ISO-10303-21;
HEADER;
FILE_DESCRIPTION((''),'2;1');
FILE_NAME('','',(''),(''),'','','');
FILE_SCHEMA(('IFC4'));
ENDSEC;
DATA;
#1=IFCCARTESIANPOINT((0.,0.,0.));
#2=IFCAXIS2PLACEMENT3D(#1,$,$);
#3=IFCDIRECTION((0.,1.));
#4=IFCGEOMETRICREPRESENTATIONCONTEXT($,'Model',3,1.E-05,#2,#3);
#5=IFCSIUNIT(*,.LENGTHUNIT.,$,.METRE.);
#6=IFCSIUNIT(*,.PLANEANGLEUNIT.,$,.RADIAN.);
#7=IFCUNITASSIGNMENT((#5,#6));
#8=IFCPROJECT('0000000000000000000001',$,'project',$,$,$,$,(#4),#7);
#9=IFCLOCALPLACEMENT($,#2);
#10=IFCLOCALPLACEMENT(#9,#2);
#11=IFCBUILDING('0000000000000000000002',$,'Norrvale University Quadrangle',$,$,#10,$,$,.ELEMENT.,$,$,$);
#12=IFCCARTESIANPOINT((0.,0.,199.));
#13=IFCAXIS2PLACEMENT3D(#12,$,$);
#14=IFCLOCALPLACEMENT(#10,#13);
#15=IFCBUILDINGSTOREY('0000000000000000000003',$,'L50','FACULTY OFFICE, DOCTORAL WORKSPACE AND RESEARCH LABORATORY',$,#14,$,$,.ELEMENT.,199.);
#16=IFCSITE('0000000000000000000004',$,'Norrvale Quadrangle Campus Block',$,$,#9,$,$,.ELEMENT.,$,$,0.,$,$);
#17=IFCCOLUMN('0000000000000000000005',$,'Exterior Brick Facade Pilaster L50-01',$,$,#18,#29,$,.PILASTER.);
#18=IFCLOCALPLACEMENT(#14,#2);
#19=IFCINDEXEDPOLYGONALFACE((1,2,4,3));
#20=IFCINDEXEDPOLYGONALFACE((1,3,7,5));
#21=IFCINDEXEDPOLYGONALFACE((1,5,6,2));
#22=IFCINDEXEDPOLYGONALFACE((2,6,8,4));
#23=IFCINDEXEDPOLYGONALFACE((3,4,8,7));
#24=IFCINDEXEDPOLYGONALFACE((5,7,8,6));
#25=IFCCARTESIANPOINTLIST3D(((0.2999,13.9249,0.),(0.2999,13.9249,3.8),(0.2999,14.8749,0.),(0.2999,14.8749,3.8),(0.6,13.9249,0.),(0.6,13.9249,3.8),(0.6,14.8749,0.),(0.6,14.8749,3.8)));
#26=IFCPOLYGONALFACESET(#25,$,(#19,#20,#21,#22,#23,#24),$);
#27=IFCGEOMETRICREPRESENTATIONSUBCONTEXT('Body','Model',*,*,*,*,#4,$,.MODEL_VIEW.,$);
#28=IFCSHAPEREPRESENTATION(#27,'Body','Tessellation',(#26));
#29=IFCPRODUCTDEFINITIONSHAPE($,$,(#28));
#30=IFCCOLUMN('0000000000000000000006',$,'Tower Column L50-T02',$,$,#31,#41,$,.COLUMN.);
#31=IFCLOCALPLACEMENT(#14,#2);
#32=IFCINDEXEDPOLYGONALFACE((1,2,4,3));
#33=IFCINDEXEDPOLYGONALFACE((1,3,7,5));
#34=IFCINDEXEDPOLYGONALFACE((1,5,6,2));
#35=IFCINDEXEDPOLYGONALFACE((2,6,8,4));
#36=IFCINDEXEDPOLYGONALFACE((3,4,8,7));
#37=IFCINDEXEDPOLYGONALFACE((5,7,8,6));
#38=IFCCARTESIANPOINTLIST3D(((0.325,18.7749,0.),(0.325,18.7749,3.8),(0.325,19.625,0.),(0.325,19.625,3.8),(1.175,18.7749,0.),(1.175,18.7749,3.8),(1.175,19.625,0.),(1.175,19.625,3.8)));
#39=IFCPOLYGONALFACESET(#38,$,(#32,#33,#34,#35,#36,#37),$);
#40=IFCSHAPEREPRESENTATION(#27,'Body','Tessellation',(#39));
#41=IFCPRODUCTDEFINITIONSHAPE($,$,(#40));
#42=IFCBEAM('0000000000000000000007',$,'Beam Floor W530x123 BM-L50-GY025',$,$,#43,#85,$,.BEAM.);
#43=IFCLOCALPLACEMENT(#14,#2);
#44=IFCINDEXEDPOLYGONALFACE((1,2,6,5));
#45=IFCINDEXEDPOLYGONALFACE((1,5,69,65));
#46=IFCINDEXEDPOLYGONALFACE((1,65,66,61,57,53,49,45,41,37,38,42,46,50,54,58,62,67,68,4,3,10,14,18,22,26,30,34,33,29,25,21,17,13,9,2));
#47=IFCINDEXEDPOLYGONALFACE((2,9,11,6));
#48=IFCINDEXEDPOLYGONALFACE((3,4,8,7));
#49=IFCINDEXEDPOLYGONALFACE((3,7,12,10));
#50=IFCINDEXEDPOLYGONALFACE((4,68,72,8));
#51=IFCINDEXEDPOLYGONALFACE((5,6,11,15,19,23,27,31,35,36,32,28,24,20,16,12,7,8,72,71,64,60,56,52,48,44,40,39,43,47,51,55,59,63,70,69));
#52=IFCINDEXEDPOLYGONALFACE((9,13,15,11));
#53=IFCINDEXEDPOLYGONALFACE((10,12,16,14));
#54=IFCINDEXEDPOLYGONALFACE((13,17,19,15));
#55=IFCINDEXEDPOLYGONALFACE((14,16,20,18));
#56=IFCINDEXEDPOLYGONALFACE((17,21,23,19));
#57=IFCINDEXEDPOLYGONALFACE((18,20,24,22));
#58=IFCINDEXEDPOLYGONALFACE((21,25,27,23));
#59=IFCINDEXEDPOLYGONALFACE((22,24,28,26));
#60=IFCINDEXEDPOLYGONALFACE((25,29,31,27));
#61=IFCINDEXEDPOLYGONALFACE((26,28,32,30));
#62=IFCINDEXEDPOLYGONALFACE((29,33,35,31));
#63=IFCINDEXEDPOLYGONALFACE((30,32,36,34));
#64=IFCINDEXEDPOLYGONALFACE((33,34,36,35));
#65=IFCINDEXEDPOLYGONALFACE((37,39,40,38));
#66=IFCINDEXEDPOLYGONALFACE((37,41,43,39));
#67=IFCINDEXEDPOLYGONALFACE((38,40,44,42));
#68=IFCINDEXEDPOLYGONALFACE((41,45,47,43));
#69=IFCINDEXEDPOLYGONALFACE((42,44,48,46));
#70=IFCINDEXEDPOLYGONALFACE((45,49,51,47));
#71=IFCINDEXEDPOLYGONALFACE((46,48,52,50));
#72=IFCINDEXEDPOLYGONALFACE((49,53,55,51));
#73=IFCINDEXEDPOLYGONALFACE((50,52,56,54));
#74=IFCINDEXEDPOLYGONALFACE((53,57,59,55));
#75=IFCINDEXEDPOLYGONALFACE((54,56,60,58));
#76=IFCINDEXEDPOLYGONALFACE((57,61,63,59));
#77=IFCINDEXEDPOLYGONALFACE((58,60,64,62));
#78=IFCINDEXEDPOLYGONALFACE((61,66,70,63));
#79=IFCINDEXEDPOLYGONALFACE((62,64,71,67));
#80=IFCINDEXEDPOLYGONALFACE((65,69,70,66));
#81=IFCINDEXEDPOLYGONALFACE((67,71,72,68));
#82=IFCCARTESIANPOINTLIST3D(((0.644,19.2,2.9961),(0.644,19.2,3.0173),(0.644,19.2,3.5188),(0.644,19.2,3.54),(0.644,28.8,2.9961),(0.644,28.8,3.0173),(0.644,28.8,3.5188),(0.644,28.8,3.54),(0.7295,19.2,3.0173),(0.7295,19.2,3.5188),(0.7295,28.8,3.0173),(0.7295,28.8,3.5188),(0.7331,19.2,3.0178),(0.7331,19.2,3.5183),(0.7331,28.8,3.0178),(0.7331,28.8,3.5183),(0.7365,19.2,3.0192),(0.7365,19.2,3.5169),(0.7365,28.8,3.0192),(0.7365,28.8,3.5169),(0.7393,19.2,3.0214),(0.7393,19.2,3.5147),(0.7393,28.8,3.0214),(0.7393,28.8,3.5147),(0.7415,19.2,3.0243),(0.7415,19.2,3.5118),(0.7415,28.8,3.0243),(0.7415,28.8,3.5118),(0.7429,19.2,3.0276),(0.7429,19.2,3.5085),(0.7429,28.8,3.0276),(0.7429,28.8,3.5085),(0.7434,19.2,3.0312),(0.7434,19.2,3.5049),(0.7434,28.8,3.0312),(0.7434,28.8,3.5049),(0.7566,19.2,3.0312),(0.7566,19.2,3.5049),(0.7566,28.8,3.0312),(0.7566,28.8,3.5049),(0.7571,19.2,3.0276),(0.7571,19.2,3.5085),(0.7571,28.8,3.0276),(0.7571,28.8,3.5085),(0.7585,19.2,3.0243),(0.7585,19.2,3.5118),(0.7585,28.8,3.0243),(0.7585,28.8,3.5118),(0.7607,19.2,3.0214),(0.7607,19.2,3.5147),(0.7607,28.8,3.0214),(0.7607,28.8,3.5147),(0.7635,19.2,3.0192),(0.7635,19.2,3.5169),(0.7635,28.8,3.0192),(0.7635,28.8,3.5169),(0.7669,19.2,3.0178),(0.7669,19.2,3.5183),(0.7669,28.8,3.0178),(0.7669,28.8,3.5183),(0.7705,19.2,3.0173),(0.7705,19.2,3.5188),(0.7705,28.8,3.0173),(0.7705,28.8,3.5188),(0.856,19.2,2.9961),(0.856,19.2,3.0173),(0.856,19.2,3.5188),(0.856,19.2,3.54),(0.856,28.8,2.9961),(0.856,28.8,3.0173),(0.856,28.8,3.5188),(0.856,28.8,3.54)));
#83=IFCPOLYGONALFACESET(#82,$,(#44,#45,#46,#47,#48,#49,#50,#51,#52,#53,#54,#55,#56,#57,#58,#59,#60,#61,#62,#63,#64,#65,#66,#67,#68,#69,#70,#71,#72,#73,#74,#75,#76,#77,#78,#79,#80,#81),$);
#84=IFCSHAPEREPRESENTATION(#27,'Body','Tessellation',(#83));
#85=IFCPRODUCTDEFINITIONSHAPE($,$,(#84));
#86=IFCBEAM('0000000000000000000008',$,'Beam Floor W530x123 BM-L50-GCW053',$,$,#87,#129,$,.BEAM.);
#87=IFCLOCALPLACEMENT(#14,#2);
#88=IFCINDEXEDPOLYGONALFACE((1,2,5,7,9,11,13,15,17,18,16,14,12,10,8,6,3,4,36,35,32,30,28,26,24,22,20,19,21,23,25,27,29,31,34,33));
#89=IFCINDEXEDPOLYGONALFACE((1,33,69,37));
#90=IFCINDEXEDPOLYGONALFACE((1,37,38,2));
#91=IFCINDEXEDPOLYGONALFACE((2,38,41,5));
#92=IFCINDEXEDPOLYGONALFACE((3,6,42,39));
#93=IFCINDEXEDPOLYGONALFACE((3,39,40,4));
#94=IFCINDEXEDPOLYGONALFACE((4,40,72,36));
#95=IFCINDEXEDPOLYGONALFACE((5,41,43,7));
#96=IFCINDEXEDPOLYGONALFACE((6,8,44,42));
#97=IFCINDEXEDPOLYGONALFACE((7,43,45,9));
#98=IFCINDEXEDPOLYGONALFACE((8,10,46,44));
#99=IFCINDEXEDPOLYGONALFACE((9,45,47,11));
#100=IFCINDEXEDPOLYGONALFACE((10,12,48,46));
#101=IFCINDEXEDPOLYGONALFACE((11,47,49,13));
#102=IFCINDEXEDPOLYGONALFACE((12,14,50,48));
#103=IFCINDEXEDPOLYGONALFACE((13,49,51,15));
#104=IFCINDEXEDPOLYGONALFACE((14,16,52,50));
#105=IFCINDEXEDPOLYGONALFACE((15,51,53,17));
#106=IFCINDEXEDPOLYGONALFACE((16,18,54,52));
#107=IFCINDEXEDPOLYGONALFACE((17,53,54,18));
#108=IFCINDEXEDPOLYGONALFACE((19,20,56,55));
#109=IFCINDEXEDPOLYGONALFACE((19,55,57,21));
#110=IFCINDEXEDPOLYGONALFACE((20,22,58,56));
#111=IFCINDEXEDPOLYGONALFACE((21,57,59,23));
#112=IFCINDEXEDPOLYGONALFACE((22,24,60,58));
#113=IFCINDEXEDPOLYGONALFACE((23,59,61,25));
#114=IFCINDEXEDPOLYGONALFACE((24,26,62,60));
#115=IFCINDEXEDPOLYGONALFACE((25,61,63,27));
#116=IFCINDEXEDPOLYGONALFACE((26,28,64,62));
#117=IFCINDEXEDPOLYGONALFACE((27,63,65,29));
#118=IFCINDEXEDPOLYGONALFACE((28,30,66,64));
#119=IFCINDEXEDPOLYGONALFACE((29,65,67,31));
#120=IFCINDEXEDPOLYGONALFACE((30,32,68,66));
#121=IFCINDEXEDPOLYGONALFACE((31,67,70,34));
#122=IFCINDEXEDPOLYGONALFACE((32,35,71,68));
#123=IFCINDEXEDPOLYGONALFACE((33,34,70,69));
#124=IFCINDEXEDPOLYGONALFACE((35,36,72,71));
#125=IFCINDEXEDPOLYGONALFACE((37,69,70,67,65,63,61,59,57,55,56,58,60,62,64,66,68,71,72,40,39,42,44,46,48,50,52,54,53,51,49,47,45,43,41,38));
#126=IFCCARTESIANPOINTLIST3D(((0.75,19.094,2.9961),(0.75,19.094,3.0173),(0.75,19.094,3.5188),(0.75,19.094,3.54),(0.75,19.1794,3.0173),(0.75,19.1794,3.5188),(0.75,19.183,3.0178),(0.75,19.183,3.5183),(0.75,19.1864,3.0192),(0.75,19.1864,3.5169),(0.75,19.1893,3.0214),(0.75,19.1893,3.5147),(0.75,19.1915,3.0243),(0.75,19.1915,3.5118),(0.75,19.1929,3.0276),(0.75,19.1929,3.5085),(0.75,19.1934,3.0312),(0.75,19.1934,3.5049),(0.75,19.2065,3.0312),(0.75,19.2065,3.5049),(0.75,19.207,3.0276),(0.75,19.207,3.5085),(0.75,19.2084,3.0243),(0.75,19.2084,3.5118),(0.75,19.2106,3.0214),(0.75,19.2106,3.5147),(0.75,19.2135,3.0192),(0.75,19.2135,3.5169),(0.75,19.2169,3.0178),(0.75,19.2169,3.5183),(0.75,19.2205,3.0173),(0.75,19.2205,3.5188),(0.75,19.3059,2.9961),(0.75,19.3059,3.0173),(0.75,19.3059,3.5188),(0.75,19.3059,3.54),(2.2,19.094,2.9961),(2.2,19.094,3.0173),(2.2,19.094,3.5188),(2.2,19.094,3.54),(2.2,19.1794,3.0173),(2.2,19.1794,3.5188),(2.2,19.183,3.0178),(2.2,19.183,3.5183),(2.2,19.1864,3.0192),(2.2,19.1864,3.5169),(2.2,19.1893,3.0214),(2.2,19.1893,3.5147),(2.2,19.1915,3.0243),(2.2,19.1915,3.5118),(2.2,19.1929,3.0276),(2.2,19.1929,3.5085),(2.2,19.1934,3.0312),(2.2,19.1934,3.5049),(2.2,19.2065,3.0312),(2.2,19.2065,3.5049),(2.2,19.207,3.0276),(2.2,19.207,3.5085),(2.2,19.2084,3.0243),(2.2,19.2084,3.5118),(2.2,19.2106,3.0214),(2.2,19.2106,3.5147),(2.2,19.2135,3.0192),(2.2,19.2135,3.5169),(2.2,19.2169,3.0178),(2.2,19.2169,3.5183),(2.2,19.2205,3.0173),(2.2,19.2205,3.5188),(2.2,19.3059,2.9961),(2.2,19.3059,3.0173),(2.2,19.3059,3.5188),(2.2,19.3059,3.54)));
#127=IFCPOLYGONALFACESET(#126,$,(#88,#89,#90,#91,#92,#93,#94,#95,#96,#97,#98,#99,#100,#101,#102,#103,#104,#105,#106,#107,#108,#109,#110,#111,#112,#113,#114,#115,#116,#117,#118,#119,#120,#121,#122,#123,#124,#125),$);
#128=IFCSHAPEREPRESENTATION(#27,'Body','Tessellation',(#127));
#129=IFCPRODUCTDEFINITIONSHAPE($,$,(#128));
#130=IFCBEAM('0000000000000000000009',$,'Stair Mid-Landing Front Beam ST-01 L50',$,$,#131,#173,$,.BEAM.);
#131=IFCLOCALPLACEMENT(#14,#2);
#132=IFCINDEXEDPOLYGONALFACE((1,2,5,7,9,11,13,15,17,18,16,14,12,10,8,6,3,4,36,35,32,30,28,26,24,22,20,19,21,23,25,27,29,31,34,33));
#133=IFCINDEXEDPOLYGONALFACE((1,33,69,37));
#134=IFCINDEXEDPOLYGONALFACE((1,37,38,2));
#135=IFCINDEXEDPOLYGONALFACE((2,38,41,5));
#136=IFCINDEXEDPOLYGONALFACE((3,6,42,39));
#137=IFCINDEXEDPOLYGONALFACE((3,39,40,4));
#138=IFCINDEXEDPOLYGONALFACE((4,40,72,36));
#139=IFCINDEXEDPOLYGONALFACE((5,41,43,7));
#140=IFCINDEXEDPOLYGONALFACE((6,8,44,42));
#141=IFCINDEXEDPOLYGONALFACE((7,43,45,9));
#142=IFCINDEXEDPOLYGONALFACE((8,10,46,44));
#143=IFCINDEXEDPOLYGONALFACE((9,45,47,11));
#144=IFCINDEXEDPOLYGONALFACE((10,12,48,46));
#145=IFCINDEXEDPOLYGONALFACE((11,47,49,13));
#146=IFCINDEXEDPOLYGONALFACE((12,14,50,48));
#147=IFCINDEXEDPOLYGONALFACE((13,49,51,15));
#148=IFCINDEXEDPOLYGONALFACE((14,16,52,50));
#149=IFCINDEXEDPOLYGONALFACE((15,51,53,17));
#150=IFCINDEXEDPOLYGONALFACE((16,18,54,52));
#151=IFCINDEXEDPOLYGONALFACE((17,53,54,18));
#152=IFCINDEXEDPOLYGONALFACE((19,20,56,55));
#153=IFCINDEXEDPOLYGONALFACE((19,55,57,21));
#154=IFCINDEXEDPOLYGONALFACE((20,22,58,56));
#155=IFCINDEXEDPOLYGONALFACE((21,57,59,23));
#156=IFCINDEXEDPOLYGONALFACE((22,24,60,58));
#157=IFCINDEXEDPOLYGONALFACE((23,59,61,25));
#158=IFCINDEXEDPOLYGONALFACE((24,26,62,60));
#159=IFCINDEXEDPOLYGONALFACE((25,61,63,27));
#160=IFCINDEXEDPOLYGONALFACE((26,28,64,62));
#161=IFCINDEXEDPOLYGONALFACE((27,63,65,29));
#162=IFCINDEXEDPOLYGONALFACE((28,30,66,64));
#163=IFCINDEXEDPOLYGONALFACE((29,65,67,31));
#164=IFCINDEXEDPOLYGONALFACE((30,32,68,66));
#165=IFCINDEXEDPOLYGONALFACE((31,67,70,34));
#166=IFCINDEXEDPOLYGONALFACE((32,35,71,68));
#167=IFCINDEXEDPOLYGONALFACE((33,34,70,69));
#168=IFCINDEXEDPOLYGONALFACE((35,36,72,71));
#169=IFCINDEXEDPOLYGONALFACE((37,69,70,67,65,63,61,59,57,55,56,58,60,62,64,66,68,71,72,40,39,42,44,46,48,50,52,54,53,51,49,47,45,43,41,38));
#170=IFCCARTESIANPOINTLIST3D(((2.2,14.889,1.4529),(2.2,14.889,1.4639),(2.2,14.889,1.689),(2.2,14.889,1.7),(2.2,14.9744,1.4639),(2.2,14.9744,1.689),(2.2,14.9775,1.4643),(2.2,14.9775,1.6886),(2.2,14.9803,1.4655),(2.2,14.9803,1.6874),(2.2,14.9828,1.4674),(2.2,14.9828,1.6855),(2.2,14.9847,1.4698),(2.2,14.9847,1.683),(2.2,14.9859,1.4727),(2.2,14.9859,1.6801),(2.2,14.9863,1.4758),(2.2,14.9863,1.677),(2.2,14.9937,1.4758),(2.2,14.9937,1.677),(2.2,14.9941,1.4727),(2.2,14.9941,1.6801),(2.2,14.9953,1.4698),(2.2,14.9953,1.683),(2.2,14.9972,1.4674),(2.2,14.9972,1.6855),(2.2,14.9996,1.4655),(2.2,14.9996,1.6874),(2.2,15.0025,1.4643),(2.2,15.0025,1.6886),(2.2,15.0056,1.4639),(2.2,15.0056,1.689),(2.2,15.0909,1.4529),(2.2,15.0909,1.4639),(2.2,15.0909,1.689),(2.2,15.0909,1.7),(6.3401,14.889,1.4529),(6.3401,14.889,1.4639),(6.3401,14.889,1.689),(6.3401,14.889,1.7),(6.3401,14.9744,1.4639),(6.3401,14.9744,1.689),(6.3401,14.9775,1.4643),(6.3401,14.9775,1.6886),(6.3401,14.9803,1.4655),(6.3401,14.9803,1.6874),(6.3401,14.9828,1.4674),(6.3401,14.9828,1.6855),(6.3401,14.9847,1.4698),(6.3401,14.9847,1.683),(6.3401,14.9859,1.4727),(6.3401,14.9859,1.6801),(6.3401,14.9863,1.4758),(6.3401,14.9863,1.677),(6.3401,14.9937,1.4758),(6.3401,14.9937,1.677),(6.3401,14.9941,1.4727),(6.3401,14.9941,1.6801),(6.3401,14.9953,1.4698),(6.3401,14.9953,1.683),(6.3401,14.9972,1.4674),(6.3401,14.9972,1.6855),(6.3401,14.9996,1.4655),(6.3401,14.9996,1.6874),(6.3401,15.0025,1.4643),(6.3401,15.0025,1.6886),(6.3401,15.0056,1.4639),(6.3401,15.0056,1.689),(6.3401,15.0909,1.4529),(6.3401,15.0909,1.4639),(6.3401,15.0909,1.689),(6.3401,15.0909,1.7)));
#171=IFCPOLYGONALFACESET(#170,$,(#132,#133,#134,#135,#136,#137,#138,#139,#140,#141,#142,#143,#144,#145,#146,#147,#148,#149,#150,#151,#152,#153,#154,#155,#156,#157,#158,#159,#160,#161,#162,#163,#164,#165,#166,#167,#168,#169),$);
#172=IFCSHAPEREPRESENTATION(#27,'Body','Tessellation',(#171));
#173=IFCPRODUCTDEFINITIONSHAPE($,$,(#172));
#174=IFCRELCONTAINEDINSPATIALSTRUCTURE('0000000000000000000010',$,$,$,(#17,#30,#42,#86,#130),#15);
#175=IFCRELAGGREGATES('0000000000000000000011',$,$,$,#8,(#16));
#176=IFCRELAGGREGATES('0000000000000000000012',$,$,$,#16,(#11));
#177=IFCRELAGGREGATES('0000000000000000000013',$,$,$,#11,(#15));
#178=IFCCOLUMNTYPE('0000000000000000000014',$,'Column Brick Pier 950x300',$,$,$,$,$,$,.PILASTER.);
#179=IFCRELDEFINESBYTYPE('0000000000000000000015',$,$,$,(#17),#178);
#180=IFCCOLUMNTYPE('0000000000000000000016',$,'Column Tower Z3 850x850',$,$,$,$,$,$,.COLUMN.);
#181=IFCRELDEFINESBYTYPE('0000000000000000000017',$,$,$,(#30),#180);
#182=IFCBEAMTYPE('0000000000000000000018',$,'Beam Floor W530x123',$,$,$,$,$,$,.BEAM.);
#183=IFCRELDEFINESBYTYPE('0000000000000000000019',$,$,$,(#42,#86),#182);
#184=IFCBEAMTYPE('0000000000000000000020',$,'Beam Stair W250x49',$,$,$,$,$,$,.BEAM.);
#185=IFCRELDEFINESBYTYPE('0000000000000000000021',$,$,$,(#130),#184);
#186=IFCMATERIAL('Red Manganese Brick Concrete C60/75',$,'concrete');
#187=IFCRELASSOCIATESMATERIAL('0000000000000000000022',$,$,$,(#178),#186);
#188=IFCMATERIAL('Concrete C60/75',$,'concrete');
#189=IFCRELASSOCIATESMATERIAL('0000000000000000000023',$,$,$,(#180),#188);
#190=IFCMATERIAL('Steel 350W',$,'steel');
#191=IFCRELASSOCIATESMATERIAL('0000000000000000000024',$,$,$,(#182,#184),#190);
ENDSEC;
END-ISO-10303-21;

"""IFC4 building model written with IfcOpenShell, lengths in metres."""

from ifc_helpers import new_model, si_unit, direction, frame, origin, origin_2d, place, context, subcontext, project, spatial, rectangle, i_section, extrude, material, material_profile, profile_set, type_object, element, save


model = new_model("IFC4")

# Units and contexts
model_context = context("Model", 3, precision=1e-05, world=origin(), true_north=direction((0.0, 1.0)))
body_context = subcontext(model_context, "Body", "Model", "MODEL_VIEW")
ifc_project = project(units=[si_unit("LENGTHUNIT", "METRE"), si_unit("PLANEANGLEUNIT", "RADIAN")], contexts=[model_context])

# Site, building, storey
site_placement = place(None, origin())
site = spatial("IfcSite", under=ifc_project, at=site_placement, Name="Norrvale Quadrangle Campus Block", CompositionType="ELEMENT", RefElevation=0.0)
building_placement = place(site_placement, origin())
building = spatial("IfcBuilding", under=site, at=building_placement, Name="Norrvale University Quadrangle", CompositionType="ELEMENT")
storey_placement = place(building_placement, frame((0.0, 0.0, 199.0)))
storey = spatial("IfcBuildingStorey", under=building, at=storey_placement, Name="L50", Description="FACULTY OFFICE, DOCTORAL WORKSPACE AND RESEARCH LABORATORY", CompositionType="ELEMENT", Elevation=199.0)

# Columns
ifc_material_1 = material(Name="Red Manganese Brick Concrete C60/75", Category="concrete")
ifc_material_profile_1 = material_profile(ifc_material_1, rectangle(XDim=0.95, YDim=0.3, at=origin_2d()), Name="Red Manganese Brick Concrete C60/75")
ifc_profile_set_1 = profile_set([ifc_material_profile_1], Name="Red Manganese Brick Concrete C60/75")
column_type_1 = type_object("IfcColumnType", Name="Column Brick Pier 950x300", PredefinedType="PILASTER", material=ifc_profile_set_1)
column_1_placement = place(storey_placement, frame((0.45, 14.3999, 0.0), z_axis=(0.0, 0.0, 1.0), x_axis=(0.0, 1.0, 0.0)))
element("IfcColumn", 1, at=column_1_placement, inside=storey, type_object=column_type_1, Name="Exterior Brick Facade Pilaster L50-01", PredefinedType="PILASTER", context=body_context, shape_type="SweptSolid", body=[
    extrude(rectangle(XDim=0.95, YDim=0.3, at=origin_2d()), origin(), (0.0, 0.0, 1.0), 3.8),
])
ifc_material_2 = material(Name="Concrete C60/75", Category="concrete")
ifc_material_profile_2 = material_profile(ifc_material_2, rectangle(XDim=0.8501, YDim=0.8501, at=origin_2d()), Name="Concrete C60/75")
ifc_profile_set_2 = profile_set([ifc_material_profile_2], Name="Concrete C60/75")
column_type_2 = type_object("IfcColumnType", Name="Column Tower Z3 850x850", PredefinedType="COLUMN", material=ifc_profile_set_2)
column_2_placement = place(storey_placement, frame((0.75, 19.2, 0.0), z_axis=(0.0, 0.0, 1.0), x_axis=(1.0, 0.0, 0.0)))
element("IfcColumn", 2, at=column_2_placement, inside=storey, type_object=column_type_2, Name="Tower Column L50-T02", PredefinedType="COLUMN", context=body_context, shape_type="SweptSolid", body=[
    extrude(rectangle(XDim=0.8501, YDim=0.8501, at=origin_2d()), origin(), (0.0, 0.0, 1.0), 3.8),
])

# Beams
ifc_material_3 = material(Name="Steel 350W", Category="steel")
ifc_material_profile_3 = material_profile(ifc_material_3, i_section(OverallWidth=0.2119, OverallDepth=0.5439, WebThickness=0.0132, FlangeThickness=0.0212, FilletRadius=0.0139, at=origin_2d()), Name="Steel 350W")
ifc_profile_set_3 = profile_set([ifc_material_profile_3], Name="Steel 350W")
beam_type_1 = type_object("IfcBeamType", Name="Beam Floor W530x123", PredefinedType="BEAM", material=ifc_profile_set_3)
beam_1_placement = place(storey_placement, frame((0.75, 19.2, 3.2681), z_axis=(0.0, 1.0, 0.0), x_axis=(-1.0, 0.0, 0.0)))
element("IfcBeam", 3, at=beam_1_placement, inside=storey, type_object=beam_type_1, Name="Beam Floor W530x123 BM-L50-GY025", PredefinedType="BEAM", context=body_context, shape_type="SweptSolid", body=[
    extrude(i_section(OverallWidth=0.2119, OverallDepth=0.5439, WebThickness=0.0132, FlangeThickness=0.0212, FilletRadius=0.0139, at=origin_2d()), origin(), (0.0, 0.0, 1.0), 9.6001),
])
beam_2_placement = place(storey_placement, frame((0.75, 19.2, 3.2681), z_axis=(1.0, 0.0, 0.0), x_axis=(0.0, 1.0, 0.0)))
element("IfcBeam", 4, at=beam_2_placement, inside=storey, type_object=beam_type_1, Name="Beam Floor W530x123 BM-L50-GCW053", PredefinedType="BEAM", context=body_context, shape_type="SweptSolid", body=[
    extrude(i_section(OverallWidth=0.2119, OverallDepth=0.5439, WebThickness=0.0132, FlangeThickness=0.0212, FilletRadius=0.0139, at=origin_2d()), origin(), (0.0, 0.0, 1.0), 1.45),
])
ifc_material_profile_4 = material_profile(ifc_material_3, i_section(OverallWidth=0.2019, OverallDepth=0.2471, WebThickness=0.0073, FlangeThickness=0.011, FilletRadius=0.012, at=origin_2d()), Name="Steel 350W")
ifc_profile_set_4 = profile_set([ifc_material_profile_4], Name="Steel 350W")
beam_type_2 = type_object("IfcBeamType", Name="Beam Stair W250x49", PredefinedType="BEAM", material=ifc_profile_set_4)
for number, where, z_axis, x_axis, name in (
    (5, (2.2, 14.99, 1.5764), (1.0, 0.0, 0.0), (0.0, 1.0, 0.0), "Stair Mid-Landing Front Beam ST-01 L50"),
):
    element("IfcBeam", number, at=place(storey_placement, frame(where, z_axis=z_axis, x_axis=x_axis)), inside=storey, type_object=beam_type_2, Name=name, PredefinedType="BEAM", context=body_context, shape_type="SweptSolid", body=[
        extrude(i_section(OverallWidth=0.2019, OverallDepth=0.2471, WebThickness=0.0073, FlangeThickness=0.011, FilletRadius=0.012, at=origin_2d()), origin(), (0.0, 0.0, 1.0), 4.1401),
    ])

save(model, "model.ifc")
